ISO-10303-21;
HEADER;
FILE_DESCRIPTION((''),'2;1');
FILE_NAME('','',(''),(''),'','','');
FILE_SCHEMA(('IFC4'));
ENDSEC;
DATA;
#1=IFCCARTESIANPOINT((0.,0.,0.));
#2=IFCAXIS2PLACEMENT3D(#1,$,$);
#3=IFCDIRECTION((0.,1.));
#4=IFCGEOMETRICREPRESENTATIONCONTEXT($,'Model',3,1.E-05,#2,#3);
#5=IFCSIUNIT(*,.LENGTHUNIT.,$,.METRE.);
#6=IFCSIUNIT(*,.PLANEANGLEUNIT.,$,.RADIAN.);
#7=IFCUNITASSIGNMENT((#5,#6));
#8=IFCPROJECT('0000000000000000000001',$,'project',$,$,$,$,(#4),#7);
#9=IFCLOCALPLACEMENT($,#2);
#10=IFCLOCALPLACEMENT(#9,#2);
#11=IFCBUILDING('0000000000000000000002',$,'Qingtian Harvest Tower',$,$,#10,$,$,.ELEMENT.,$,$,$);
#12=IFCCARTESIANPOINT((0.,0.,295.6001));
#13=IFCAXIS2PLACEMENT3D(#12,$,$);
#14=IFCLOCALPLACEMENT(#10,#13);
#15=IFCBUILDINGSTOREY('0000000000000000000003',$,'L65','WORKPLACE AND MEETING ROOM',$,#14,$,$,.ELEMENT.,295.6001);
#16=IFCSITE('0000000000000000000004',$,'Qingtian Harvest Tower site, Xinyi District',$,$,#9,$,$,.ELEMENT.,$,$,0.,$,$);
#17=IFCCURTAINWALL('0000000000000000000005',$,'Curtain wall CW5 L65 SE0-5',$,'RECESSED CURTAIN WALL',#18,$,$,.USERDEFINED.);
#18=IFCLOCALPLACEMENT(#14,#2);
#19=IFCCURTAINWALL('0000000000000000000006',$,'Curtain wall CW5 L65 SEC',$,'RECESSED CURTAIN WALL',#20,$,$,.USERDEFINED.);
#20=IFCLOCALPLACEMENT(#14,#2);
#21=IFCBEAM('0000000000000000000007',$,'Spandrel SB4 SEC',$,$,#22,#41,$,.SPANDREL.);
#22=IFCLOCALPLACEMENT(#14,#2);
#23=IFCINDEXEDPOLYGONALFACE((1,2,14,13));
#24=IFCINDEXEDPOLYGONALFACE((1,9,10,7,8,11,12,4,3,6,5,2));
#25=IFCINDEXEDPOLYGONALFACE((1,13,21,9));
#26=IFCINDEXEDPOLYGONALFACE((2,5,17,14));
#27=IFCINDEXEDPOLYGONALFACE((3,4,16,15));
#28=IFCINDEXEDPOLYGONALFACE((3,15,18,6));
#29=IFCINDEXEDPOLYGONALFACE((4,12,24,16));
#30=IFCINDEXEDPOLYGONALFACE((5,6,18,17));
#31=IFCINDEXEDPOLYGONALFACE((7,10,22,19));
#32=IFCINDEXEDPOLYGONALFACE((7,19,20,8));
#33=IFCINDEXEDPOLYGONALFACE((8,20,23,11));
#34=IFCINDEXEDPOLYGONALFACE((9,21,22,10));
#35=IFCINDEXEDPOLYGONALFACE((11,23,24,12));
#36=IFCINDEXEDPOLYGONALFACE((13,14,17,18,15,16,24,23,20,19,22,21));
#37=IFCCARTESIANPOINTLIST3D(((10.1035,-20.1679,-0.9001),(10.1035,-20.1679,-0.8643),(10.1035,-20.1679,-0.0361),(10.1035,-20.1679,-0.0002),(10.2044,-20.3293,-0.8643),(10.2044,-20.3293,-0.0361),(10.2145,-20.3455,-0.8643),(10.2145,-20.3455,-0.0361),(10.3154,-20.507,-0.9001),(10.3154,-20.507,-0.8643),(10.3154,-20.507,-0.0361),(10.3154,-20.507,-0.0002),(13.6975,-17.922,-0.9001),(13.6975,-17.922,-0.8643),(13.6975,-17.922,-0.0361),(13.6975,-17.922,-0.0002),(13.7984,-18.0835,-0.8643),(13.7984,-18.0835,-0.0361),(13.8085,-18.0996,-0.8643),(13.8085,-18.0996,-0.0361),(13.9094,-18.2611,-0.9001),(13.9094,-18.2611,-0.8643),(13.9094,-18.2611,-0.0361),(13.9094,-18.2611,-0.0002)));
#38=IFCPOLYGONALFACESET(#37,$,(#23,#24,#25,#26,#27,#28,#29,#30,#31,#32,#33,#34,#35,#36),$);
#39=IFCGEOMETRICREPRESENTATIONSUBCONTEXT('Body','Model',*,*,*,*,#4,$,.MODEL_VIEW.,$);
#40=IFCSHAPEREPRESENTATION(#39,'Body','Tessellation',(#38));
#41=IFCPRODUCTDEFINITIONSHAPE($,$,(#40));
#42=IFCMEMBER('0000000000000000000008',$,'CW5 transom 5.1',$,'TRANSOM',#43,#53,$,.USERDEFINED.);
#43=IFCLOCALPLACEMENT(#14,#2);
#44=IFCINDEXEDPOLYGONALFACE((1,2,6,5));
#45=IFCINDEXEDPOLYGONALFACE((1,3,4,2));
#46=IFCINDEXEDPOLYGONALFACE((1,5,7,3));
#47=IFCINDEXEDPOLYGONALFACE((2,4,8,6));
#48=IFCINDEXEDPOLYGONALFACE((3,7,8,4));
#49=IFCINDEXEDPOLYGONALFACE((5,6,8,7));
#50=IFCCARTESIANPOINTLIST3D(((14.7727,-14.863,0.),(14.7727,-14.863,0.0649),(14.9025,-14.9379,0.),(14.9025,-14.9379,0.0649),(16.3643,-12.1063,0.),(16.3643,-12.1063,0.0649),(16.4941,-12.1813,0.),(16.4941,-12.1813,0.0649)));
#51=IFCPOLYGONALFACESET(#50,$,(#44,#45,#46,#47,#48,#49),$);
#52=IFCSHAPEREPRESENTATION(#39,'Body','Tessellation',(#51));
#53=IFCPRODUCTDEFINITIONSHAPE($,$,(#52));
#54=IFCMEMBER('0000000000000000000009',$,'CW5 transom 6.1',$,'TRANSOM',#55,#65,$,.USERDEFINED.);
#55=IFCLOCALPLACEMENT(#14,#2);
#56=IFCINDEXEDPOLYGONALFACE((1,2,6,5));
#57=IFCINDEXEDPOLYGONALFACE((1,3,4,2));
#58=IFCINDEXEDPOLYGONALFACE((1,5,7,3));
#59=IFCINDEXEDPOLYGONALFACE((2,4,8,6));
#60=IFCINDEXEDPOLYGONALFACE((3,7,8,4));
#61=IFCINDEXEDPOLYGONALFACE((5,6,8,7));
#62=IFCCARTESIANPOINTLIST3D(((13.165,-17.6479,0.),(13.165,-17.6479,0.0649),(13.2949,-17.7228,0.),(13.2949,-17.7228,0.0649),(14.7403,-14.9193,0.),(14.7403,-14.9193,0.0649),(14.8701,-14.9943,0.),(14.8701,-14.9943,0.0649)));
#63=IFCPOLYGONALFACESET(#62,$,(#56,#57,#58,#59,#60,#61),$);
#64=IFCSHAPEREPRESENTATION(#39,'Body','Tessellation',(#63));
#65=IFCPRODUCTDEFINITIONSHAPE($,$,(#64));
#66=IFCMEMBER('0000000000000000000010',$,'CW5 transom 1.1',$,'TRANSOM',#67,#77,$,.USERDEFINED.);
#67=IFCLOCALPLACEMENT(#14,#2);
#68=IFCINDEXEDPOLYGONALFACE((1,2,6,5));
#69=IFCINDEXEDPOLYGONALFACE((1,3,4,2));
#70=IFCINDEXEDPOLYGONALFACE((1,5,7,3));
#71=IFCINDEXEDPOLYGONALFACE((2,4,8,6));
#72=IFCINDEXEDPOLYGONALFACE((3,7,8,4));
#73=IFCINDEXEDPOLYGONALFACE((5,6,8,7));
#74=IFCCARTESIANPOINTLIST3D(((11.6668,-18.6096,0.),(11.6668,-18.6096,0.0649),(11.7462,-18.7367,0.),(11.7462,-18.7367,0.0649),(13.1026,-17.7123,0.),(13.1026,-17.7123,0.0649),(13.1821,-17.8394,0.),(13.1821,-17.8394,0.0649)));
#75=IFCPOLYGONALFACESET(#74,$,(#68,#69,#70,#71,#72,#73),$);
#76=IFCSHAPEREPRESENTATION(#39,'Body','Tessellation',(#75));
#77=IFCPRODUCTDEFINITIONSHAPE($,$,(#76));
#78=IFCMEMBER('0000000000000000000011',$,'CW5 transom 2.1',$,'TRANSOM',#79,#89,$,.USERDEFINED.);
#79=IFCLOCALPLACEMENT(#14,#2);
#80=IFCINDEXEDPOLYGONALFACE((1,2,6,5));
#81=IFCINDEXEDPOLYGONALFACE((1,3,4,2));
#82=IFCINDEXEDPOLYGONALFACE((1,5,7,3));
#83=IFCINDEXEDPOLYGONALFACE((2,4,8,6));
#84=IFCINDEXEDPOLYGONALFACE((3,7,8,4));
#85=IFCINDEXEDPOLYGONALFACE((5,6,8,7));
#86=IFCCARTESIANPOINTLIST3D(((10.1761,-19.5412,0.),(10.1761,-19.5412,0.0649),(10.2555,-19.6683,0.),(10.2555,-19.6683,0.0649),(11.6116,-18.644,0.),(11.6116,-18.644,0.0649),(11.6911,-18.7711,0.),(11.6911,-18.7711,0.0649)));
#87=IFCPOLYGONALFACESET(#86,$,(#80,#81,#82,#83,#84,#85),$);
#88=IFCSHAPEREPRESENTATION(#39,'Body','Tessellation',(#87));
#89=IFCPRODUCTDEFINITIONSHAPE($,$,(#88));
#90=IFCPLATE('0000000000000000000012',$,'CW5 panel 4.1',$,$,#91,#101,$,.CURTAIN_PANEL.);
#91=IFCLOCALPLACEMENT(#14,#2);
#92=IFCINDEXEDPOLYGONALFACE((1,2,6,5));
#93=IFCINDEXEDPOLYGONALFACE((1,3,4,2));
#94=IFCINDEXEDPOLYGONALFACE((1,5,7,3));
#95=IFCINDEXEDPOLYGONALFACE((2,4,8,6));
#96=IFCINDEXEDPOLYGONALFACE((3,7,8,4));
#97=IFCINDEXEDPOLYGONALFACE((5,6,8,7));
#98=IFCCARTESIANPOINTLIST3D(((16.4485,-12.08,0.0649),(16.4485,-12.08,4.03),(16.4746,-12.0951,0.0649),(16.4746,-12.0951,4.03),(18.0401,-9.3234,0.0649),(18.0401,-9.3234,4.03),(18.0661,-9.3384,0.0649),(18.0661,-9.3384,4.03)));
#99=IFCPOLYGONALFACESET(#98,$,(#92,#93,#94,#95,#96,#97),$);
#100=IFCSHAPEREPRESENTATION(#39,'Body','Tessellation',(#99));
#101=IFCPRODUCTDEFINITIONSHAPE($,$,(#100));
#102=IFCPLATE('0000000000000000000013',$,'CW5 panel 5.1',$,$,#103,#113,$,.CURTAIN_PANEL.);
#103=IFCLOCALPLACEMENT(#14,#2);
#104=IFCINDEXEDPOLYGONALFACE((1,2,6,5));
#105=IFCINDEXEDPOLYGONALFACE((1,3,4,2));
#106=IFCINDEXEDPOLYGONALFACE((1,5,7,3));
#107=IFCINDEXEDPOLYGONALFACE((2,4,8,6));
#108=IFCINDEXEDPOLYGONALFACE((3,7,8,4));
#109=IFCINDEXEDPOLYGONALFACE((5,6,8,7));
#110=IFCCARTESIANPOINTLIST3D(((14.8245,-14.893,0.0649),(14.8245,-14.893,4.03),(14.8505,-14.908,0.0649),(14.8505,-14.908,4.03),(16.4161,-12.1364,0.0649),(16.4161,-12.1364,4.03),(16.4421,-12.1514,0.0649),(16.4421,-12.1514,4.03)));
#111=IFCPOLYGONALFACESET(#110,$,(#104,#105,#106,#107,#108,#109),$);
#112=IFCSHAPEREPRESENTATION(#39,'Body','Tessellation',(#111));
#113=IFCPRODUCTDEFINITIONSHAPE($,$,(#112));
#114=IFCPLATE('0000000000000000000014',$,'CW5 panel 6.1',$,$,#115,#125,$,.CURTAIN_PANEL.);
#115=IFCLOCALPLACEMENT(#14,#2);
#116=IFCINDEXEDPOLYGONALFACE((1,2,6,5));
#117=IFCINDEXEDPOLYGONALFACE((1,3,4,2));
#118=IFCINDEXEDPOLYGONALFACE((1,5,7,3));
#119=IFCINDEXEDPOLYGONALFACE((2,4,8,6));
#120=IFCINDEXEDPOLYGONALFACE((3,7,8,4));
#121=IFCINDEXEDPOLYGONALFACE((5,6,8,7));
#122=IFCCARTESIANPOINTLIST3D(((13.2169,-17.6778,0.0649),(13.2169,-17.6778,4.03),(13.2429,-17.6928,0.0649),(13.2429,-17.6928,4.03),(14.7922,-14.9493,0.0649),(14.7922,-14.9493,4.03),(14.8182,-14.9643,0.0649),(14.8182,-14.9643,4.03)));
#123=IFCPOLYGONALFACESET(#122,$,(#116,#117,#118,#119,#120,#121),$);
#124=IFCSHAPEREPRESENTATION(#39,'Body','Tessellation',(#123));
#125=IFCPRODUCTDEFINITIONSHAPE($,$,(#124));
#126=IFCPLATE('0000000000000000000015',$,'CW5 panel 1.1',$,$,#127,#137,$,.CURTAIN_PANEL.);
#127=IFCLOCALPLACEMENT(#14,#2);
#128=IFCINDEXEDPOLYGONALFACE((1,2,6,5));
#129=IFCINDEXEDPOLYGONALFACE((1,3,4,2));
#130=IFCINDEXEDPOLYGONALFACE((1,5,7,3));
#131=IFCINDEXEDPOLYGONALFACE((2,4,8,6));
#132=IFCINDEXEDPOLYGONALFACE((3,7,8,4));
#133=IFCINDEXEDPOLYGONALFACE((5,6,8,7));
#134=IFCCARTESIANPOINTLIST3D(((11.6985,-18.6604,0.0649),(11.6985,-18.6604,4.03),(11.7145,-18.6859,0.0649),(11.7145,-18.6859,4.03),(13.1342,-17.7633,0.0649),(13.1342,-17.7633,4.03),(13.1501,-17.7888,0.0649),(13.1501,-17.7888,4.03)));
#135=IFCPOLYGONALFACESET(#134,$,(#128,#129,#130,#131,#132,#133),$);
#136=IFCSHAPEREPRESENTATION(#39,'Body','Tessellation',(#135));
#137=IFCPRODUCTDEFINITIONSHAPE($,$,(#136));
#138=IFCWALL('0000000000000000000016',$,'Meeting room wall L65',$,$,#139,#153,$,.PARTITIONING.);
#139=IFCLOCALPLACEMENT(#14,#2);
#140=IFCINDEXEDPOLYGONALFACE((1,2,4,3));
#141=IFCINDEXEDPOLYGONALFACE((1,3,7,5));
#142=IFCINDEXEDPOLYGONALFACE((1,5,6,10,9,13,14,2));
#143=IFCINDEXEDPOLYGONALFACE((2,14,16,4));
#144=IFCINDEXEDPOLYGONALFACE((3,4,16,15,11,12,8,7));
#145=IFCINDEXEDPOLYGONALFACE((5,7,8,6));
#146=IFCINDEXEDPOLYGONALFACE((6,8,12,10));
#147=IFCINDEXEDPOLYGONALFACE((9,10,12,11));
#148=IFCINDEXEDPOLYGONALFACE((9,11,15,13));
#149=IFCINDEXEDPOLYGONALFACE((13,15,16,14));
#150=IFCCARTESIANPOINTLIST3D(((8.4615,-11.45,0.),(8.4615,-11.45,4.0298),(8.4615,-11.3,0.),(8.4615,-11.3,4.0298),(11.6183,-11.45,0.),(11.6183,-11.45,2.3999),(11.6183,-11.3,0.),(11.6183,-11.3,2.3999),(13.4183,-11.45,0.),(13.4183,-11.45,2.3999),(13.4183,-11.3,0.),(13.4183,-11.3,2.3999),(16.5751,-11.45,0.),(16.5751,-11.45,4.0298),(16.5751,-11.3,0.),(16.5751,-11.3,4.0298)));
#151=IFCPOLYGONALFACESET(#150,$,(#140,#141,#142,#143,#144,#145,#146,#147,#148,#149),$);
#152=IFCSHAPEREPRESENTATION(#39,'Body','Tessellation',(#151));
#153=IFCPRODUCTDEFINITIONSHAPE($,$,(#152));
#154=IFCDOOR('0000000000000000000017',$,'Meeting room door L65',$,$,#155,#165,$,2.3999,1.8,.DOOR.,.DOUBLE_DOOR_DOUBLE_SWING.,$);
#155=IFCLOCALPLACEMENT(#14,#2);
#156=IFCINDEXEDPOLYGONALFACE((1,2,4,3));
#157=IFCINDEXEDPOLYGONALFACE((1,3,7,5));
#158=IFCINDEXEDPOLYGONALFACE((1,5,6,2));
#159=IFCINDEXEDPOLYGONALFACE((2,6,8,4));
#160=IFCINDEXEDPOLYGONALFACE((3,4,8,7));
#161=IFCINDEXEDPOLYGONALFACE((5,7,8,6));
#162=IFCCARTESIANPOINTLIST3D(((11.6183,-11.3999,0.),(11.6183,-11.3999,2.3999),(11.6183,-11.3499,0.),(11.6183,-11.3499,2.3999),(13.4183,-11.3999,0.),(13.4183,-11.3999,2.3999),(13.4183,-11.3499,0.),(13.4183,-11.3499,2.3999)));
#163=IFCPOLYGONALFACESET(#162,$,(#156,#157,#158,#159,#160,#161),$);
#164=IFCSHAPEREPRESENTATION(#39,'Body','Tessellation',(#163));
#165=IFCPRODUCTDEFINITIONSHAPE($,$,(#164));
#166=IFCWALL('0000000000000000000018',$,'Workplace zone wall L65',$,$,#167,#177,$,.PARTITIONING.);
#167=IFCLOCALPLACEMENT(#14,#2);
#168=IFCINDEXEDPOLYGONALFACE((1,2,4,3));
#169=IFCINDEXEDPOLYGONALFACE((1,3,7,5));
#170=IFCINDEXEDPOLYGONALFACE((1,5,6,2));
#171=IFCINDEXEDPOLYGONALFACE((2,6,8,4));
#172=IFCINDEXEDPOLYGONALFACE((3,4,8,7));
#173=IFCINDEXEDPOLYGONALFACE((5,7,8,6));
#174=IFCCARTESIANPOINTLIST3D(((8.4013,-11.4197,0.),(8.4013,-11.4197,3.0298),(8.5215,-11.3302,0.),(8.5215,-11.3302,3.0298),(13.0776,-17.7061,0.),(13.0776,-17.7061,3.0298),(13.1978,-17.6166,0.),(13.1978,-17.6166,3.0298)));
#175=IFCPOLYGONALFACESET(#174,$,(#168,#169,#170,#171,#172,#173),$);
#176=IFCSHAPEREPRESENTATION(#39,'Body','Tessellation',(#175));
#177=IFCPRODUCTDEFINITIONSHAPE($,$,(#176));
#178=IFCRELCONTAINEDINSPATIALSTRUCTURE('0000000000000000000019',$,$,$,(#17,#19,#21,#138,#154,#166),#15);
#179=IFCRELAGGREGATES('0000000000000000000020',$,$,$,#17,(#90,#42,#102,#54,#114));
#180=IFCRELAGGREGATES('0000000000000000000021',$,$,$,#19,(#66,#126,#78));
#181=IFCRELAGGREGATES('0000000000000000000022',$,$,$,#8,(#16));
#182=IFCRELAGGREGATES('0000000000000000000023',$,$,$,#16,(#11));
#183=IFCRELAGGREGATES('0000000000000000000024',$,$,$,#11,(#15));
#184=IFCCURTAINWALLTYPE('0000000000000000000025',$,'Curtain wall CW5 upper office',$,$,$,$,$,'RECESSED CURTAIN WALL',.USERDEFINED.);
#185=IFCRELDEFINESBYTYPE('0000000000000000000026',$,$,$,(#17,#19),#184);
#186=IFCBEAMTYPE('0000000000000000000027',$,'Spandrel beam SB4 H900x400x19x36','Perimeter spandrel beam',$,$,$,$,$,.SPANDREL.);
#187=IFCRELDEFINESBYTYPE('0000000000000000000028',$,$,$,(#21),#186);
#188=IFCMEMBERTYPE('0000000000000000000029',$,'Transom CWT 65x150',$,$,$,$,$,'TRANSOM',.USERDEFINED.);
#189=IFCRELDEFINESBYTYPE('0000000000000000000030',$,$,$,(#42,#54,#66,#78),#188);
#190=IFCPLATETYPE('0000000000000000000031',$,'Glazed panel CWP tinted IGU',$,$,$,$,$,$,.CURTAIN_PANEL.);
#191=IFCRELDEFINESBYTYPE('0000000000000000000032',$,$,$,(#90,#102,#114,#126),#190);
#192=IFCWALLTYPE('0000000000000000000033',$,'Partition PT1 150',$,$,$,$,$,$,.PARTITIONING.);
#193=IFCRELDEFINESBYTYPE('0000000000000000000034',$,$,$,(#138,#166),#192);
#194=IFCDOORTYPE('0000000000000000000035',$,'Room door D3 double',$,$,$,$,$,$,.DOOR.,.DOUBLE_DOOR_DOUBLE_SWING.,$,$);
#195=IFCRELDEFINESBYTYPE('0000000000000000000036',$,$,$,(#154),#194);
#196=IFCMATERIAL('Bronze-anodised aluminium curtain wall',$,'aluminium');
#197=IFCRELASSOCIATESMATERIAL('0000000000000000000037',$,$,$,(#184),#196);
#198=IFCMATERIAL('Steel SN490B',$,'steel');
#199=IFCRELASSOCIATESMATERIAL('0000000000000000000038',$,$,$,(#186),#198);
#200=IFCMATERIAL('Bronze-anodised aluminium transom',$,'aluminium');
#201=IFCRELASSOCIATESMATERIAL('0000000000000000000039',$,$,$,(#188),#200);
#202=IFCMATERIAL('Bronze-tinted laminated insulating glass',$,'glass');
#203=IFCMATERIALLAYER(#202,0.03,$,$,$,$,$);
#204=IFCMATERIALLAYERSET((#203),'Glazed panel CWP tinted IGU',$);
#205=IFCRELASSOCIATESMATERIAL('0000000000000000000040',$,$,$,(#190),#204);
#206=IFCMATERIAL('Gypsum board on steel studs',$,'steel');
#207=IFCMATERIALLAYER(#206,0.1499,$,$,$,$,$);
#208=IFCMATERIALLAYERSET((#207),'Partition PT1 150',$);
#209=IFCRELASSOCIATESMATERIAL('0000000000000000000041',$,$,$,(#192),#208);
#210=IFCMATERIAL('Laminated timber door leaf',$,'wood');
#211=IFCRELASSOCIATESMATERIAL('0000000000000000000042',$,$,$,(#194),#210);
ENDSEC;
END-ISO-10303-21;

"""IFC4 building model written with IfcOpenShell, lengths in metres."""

from ifc_helpers import new_model, si_unit, direction, frame, frame_2d, origin, origin_2d, place, context, subcontext, project, spatial, rectangle, i_section, extrude, material, layer, layer_set, material_profile, profile_set, type_object, element, fill, aggregate, save


model = new_model("IFC4")

# Units and contexts
model_context = context("Model", 3, precision=1e-05, world=origin(), true_north=direction((0.0, 1.0)))
body_context = subcontext(model_context, "Body", "Model", "MODEL_VIEW")
ifc_project = project(units=[si_unit("LENGTHUNIT", "METRE"), si_unit("PLANEANGLEUNIT", "RADIAN")], contexts=[model_context])

# Site, building, storey
site_placement = place(None, origin())
site = spatial("IfcSite", under=ifc_project, at=site_placement, Name="Qingtian Harvest Tower site, Xinyi District", CompositionType="ELEMENT", RefElevation=0.0)
building_placement = place(site_placement, origin())
building = spatial("IfcBuilding", under=site, at=building_placement, Name="Qingtian Harvest Tower", CompositionType="ELEMENT")
storey_placement = place(building_placement, frame((0.0, 0.0, 295.6001)))
storey = spatial("IfcBuildingStorey", under=building, at=storey_placement, Name="L65", Description="WORKPLACE AND MEETING ROOM", CompositionType="ELEMENT", Elevation=295.6001)

# Curtain walls
ifc_material_1 = material(Name="Bronze-anodised aluminium curtain wall", Category="aluminium")
curtain_wall_type = type_object("IfcCurtainWallType", Name="Curtain wall CW5 upper office", ElementType="RECESSED CURTAIN WALL", PredefinedType="USERDEFINED", material=ifc_material_1)
curtain_wall_1_placement = place(storey_placement, origin())
curtain_wall_1 = element("IfcCurtainWall", 1, at=curtain_wall_1_placement, inside=storey, type_object=curtain_wall_type, Name="Curtain wall CW5 L65 SE0-5", ObjectType="RECESSED CURTAIN WALL", PredefinedType="USERDEFINED")
curtain_wall_2_placement = place(storey_placement, origin())
curtain_wall_2 = element("IfcCurtainWall", 2, at=curtain_wall_2_placement, inside=storey, type_object=curtain_wall_type, Name="Curtain wall CW5 L65 SEC", ObjectType="RECESSED CURTAIN WALL", PredefinedType="USERDEFINED")

# Beam
ifc_material_2 = material(Name="Steel SN490B", Category="steel")
ifc_material_profile_1 = material_profile(ifc_material_2, i_section(OverallWidth=0.3999, OverallDepth=0.8999, WebThickness=0.019, FlangeThickness=0.0359, at=origin_2d()), Name="H900x400x19x36")
ifc_profile_set_1 = profile_set([ifc_material_profile_1], Name="Steel SN490B")
beam_type_1 = type_object("IfcBeamType", Name="Spandrel beam SB4 H900x400x19x36", Description="Perimeter spandrel beam", PredefinedType="SPANDREL", material=ifc_profile_set_1)
beam_1_placement = place(storey_placement, frame((13.8035, -18.0916, -0.4502), z_axis=(-0.84804, -0.529932, 0.0), x_axis=(0.529932, -0.84804, 0.0)))
element("IfcBeam", 3, at=beam_1_placement, inside=storey, type_object=beam_type_1, Name="Spandrel SB4 SEC", PredefinedType="SPANDREL", context=body_context, shape_type="SweptSolid", body=[
    extrude(i_section(OverallWidth=0.3999, OverallDepth=0.8999, WebThickness=0.019, FlangeThickness=0.0359, at=origin_2d()), origin(), (0.0, 0.0, 1.0), 4.238),
])

# Members
ifc_material_3 = material(Name="Bronze-anodised aluminium transom", Category="aluminium")
ifc_material_profile_2 = material_profile(ifc_material_3, rectangle(XDim=0.1499, YDim=0.0649, at=origin_2d()), Name="AL 65x150")
ifc_profile_set_2 = profile_set([ifc_material_profile_2], Name="Bronze-anodised aluminium transom")
member_type_1 = type_object("IfcMemberType", Name="Transom CWT 65x150", ElementType="TRANSOM", PredefinedType="USERDEFINED", material=ifc_profile_set_2)
member_1_placement = place(storey_placement, frame((16.4292, -12.1438, 0.0325), z_axis=(-0.500008, -0.866021, 0.0), x_axis=(0.866021, -0.500008, 0.0)))
member_1 = element("IfcMember", 4, at=member_1_placement, type_object=member_type_1, Name="CW5 transom 5.1", ObjectType="TRANSOM", PredefinedType="USERDEFINED", context=body_context, shape_type="SweptSolid", body=[
    extrude(rectangle(XDim=0.1499, YDim=0.0649, at=origin_2d()), origin(), (0.0, 0.0, 1.0), 3.1831),
])
member_2_placement = place(storey_placement, frame((14.8052, -14.9568, 0.0325), z_axis=(-0.499973, -0.866041, 0.0), x_axis=(0.866041, -0.499973, 0.0)))
member_2 = element("IfcMember", 5, at=member_2_placement, type_object=member_type_1, Name="CW5 transom 6.1", ObjectType="TRANSOM", PredefinedType="USERDEFINED", context=body_context, shape_type="SweptSolid", body=[
    extrude(rectangle(XDim=0.1499, YDim=0.0649, at=origin_2d()), origin(), (0.0, 0.0, 1.0), 3.1506),
])
member_3_placement = place(storey_placement, frame((13.1423, -17.7759, 0.0325), z_axis=(-0.848039, -0.529934, 0.0), x_axis=(0.529934, -0.848039, 0.0)))
member_3 = element("IfcMember", 6, at=member_3_placement, type_object=member_type_1, Name="CW5 transom 1.1", ObjectType="TRANSOM", PredefinedType="USERDEFINED", context=body_context, shape_type="SweptSolid", body=[
    extrude(rectangle(XDim=0.1499, YDim=0.0649, at=origin_2d()), origin(), (0.0, 0.0, 1.0), 1.6931),
])
member_4_placement = place(storey_placement, frame((11.6514, -18.7075, 0.0325), z_axis=(-0.847998, -0.529999, 0.0), x_axis=(0.529999, -0.847998, 0.0)))
member_4 = element("IfcMember", 7, at=member_4_placement, type_object=member_type_1, Name="CW5 transom 2.1", ObjectType="TRANSOM", PredefinedType="USERDEFINED", context=body_context, shape_type="SweptSolid", body=[
    extrude(rectangle(XDim=0.1499, YDim=0.0649, at=origin_2d()), origin(), (0.0, 0.0, 1.0), 1.6929),
])

# Plates
ifc_material_4 = material(Name="Bronze-tinted laminated insulating glass", Category="glass")
ifc_layer_1 = layer(ifc_material_4, 0.03)
ifc_layer_set_1 = layer_set([ifc_layer_1], Name="Glazed panel CWP tinted IGU")
plate_type = type_object("IfcPlateType", Name="Glazed panel CWP tinted IGU", PredefinedType="CURTAIN_PANEL", material=ifc_layer_set_1)
plate_1_placement = place(storey_placement, frame((17.2573, -10.7092, 0.0649), z_axis=(0.0, 0.0, 1.0), x_axis=(-0.5, -0.866025, 0.0)))
plate_1 = element("IfcPlate", 8, at=plate_1_placement, type_object=plate_type, Name="CW5 panel 4.1", PredefinedType="CURTAIN_PANEL", context=body_context, shape_type="SweptSolid", body=[
    extrude(rectangle(XDim=3.1831, YDim=0.03, at=origin_2d()), origin(), (0.0, 0.0, 1.0), 3.9651),
])
plate_2_placement = place(storey_placement, frame((15.6333, -13.5222, 0.0649), z_axis=(0.0, 0.0, 1.0), x_axis=(-0.5, -0.866025, 0.0)))
plate_2 = element("IfcPlate", 9, at=plate_2_placement, type_object=plate_type, Name="CW5 panel 5.1", PredefinedType="CURTAIN_PANEL", context=body_context, shape_type="SweptSolid", body=[
    extrude(rectangle(XDim=3.1831, YDim=0.03, at=origin_2d()), origin(), (0.0, 0.0, 1.0), 3.9651),
])
plate_3_placement = place(storey_placement, frame((14.0176, -16.321, 0.0649), z_axis=(0.0, 0.0, 1.0), x_axis=(-0.5, -0.866025, 0.0)))
plate_3 = element("IfcPlate", 10, at=plate_3_placement, type_object=plate_type, Name="CW5 panel 6.1", PredefinedType="CURTAIN_PANEL", context=body_context, shape_type="SweptSolid", body=[
    extrude(rectangle(XDim=3.1506, YDim=0.03, at=origin_2d()), origin(), (0.0, 0.0, 1.0), 3.9651),
])
aggregate(curtain_wall_1, [plate_1, member_1, plate_2, member_2, plate_3])
plate_4_placement = place(storey_placement, frame((12.4243, -18.2246, 0.0649), z_axis=(0.0, 0.0, 1.0), x_axis=(-0.848048, -0.529919, 0.0)))
plate_4 = element("IfcPlate", 11, at=plate_4_placement, type_object=plate_type, Name="CW5 panel 1.1", PredefinedType="CURTAIN_PANEL", context=body_context, shape_type="SweptSolid", body=[
    extrude(rectangle(XDim=1.6929, YDim=0.03, at=origin_2d()), origin(), (0.0, 0.0, 1.0), 3.9651),
])
aggregate(curtain_wall_2, [member_3, plate_4, member_4])

# Wall, opening, door
ifc_material_5 = material(Name="Gypsum board on steel studs", Category="steel")
ifc_layer_2 = layer(ifc_material_5, 0.1499)
ifc_layer_set_2 = layer_set([ifc_layer_2], Name="Partition PT1 150")
wall_type = type_object("IfcWallType", Name="Partition PT1 150", PredefinedType="PARTITIONING", material=ifc_layer_set_2)
wall_1_placement = place(storey_placement, frame((16.575, -11.375, 0.0), z_axis=(0.0, 0.0, 1.0), x_axis=(-1.0, 0.0, 0.0)))
wall_1 = element("IfcWall", 12, at=wall_1_placement, inside=storey, type_object=wall_type, Name="Meeting room wall L65", PredefinedType="PARTITIONING", context=body_context, shape_type="SweptSolid", body=[
    extrude(rectangle(XDim=8.1135, YDim=0.1499, at=frame_2d((4.0566, 0.0))), origin(), (0.0, 0.0, 1.0), 4.0298),
])
opening_placement = place(wall_1_placement, frame((3.1567, 0.0, 0.0)))
opening = element("IfcOpeningElement", 13, at=opening_placement, cuts=wall_1, PredefinedType="OPENING", context=body_context, shape_type="SweptSolid", body=[
    extrude(rectangle(XDim=1.8, YDim=2.3999, at=frame_2d((0.8999, 1.2))), frame((0.0, 0.085, 0.0), z_axis=(0.0, -1.0, 0.0), x_axis=(1.0, 0.0, 0.0)), (0.0, 0.0, 1.0), 0.1699),
])
ifc_material_6 = material(Name="Laminated timber door leaf", Category="wood")
door_type = type_object("IfcDoorType", Name="Room door D3 double", OperationType="DOUBLE_DOOR_DOUBLE_SWING", PredefinedType="DOOR", material=ifc_material_6)
door_placement = place(opening_placement, origin())
door = element("IfcDoor", 14, at=door_placement, inside=storey, type_object=door_type, Name="Meeting room door L65", OperationType="DOUBLE_DOOR_DOUBLE_SWING", OverallHeight=2.3999, OverallWidth=1.8, PredefinedType="DOOR", context=body_context, shape_type="SweptSolid", body=[
    extrude(rectangle(XDim=1.8, YDim=2.3999, at=frame_2d((0.8999, 1.2))), frame((0.0, 0.0249, 0.0), z_axis=(0.0, -1.0, 0.0), x_axis=(1.0, 0.0, 0.0)), (0.0, 0.0, 1.0), 0.05),
])
fill(opening, door)

# Wall
wall_2_placement = place(storey_placement, frame((13.1377, -17.6614, 0.0), z_axis=(0.0, 0.0, 1.0), x_axis=(-0.596849, 0.802353, 0.0)))
element("IfcWall", 15, at=wall_2_placement, inside=storey, type_object=wall_type, Name="Workplace zone wall L65", PredefinedType="PARTITIONING", context=body_context, shape_type="SweptSolid", body=[
    extrude(rectangle(XDim=7.835, YDim=0.1499, at=frame_2d((3.9175, 0.0))), origin(), (0.0, 0.0, 1.0), 3.0298),
])

save(model, "model.ifc")
